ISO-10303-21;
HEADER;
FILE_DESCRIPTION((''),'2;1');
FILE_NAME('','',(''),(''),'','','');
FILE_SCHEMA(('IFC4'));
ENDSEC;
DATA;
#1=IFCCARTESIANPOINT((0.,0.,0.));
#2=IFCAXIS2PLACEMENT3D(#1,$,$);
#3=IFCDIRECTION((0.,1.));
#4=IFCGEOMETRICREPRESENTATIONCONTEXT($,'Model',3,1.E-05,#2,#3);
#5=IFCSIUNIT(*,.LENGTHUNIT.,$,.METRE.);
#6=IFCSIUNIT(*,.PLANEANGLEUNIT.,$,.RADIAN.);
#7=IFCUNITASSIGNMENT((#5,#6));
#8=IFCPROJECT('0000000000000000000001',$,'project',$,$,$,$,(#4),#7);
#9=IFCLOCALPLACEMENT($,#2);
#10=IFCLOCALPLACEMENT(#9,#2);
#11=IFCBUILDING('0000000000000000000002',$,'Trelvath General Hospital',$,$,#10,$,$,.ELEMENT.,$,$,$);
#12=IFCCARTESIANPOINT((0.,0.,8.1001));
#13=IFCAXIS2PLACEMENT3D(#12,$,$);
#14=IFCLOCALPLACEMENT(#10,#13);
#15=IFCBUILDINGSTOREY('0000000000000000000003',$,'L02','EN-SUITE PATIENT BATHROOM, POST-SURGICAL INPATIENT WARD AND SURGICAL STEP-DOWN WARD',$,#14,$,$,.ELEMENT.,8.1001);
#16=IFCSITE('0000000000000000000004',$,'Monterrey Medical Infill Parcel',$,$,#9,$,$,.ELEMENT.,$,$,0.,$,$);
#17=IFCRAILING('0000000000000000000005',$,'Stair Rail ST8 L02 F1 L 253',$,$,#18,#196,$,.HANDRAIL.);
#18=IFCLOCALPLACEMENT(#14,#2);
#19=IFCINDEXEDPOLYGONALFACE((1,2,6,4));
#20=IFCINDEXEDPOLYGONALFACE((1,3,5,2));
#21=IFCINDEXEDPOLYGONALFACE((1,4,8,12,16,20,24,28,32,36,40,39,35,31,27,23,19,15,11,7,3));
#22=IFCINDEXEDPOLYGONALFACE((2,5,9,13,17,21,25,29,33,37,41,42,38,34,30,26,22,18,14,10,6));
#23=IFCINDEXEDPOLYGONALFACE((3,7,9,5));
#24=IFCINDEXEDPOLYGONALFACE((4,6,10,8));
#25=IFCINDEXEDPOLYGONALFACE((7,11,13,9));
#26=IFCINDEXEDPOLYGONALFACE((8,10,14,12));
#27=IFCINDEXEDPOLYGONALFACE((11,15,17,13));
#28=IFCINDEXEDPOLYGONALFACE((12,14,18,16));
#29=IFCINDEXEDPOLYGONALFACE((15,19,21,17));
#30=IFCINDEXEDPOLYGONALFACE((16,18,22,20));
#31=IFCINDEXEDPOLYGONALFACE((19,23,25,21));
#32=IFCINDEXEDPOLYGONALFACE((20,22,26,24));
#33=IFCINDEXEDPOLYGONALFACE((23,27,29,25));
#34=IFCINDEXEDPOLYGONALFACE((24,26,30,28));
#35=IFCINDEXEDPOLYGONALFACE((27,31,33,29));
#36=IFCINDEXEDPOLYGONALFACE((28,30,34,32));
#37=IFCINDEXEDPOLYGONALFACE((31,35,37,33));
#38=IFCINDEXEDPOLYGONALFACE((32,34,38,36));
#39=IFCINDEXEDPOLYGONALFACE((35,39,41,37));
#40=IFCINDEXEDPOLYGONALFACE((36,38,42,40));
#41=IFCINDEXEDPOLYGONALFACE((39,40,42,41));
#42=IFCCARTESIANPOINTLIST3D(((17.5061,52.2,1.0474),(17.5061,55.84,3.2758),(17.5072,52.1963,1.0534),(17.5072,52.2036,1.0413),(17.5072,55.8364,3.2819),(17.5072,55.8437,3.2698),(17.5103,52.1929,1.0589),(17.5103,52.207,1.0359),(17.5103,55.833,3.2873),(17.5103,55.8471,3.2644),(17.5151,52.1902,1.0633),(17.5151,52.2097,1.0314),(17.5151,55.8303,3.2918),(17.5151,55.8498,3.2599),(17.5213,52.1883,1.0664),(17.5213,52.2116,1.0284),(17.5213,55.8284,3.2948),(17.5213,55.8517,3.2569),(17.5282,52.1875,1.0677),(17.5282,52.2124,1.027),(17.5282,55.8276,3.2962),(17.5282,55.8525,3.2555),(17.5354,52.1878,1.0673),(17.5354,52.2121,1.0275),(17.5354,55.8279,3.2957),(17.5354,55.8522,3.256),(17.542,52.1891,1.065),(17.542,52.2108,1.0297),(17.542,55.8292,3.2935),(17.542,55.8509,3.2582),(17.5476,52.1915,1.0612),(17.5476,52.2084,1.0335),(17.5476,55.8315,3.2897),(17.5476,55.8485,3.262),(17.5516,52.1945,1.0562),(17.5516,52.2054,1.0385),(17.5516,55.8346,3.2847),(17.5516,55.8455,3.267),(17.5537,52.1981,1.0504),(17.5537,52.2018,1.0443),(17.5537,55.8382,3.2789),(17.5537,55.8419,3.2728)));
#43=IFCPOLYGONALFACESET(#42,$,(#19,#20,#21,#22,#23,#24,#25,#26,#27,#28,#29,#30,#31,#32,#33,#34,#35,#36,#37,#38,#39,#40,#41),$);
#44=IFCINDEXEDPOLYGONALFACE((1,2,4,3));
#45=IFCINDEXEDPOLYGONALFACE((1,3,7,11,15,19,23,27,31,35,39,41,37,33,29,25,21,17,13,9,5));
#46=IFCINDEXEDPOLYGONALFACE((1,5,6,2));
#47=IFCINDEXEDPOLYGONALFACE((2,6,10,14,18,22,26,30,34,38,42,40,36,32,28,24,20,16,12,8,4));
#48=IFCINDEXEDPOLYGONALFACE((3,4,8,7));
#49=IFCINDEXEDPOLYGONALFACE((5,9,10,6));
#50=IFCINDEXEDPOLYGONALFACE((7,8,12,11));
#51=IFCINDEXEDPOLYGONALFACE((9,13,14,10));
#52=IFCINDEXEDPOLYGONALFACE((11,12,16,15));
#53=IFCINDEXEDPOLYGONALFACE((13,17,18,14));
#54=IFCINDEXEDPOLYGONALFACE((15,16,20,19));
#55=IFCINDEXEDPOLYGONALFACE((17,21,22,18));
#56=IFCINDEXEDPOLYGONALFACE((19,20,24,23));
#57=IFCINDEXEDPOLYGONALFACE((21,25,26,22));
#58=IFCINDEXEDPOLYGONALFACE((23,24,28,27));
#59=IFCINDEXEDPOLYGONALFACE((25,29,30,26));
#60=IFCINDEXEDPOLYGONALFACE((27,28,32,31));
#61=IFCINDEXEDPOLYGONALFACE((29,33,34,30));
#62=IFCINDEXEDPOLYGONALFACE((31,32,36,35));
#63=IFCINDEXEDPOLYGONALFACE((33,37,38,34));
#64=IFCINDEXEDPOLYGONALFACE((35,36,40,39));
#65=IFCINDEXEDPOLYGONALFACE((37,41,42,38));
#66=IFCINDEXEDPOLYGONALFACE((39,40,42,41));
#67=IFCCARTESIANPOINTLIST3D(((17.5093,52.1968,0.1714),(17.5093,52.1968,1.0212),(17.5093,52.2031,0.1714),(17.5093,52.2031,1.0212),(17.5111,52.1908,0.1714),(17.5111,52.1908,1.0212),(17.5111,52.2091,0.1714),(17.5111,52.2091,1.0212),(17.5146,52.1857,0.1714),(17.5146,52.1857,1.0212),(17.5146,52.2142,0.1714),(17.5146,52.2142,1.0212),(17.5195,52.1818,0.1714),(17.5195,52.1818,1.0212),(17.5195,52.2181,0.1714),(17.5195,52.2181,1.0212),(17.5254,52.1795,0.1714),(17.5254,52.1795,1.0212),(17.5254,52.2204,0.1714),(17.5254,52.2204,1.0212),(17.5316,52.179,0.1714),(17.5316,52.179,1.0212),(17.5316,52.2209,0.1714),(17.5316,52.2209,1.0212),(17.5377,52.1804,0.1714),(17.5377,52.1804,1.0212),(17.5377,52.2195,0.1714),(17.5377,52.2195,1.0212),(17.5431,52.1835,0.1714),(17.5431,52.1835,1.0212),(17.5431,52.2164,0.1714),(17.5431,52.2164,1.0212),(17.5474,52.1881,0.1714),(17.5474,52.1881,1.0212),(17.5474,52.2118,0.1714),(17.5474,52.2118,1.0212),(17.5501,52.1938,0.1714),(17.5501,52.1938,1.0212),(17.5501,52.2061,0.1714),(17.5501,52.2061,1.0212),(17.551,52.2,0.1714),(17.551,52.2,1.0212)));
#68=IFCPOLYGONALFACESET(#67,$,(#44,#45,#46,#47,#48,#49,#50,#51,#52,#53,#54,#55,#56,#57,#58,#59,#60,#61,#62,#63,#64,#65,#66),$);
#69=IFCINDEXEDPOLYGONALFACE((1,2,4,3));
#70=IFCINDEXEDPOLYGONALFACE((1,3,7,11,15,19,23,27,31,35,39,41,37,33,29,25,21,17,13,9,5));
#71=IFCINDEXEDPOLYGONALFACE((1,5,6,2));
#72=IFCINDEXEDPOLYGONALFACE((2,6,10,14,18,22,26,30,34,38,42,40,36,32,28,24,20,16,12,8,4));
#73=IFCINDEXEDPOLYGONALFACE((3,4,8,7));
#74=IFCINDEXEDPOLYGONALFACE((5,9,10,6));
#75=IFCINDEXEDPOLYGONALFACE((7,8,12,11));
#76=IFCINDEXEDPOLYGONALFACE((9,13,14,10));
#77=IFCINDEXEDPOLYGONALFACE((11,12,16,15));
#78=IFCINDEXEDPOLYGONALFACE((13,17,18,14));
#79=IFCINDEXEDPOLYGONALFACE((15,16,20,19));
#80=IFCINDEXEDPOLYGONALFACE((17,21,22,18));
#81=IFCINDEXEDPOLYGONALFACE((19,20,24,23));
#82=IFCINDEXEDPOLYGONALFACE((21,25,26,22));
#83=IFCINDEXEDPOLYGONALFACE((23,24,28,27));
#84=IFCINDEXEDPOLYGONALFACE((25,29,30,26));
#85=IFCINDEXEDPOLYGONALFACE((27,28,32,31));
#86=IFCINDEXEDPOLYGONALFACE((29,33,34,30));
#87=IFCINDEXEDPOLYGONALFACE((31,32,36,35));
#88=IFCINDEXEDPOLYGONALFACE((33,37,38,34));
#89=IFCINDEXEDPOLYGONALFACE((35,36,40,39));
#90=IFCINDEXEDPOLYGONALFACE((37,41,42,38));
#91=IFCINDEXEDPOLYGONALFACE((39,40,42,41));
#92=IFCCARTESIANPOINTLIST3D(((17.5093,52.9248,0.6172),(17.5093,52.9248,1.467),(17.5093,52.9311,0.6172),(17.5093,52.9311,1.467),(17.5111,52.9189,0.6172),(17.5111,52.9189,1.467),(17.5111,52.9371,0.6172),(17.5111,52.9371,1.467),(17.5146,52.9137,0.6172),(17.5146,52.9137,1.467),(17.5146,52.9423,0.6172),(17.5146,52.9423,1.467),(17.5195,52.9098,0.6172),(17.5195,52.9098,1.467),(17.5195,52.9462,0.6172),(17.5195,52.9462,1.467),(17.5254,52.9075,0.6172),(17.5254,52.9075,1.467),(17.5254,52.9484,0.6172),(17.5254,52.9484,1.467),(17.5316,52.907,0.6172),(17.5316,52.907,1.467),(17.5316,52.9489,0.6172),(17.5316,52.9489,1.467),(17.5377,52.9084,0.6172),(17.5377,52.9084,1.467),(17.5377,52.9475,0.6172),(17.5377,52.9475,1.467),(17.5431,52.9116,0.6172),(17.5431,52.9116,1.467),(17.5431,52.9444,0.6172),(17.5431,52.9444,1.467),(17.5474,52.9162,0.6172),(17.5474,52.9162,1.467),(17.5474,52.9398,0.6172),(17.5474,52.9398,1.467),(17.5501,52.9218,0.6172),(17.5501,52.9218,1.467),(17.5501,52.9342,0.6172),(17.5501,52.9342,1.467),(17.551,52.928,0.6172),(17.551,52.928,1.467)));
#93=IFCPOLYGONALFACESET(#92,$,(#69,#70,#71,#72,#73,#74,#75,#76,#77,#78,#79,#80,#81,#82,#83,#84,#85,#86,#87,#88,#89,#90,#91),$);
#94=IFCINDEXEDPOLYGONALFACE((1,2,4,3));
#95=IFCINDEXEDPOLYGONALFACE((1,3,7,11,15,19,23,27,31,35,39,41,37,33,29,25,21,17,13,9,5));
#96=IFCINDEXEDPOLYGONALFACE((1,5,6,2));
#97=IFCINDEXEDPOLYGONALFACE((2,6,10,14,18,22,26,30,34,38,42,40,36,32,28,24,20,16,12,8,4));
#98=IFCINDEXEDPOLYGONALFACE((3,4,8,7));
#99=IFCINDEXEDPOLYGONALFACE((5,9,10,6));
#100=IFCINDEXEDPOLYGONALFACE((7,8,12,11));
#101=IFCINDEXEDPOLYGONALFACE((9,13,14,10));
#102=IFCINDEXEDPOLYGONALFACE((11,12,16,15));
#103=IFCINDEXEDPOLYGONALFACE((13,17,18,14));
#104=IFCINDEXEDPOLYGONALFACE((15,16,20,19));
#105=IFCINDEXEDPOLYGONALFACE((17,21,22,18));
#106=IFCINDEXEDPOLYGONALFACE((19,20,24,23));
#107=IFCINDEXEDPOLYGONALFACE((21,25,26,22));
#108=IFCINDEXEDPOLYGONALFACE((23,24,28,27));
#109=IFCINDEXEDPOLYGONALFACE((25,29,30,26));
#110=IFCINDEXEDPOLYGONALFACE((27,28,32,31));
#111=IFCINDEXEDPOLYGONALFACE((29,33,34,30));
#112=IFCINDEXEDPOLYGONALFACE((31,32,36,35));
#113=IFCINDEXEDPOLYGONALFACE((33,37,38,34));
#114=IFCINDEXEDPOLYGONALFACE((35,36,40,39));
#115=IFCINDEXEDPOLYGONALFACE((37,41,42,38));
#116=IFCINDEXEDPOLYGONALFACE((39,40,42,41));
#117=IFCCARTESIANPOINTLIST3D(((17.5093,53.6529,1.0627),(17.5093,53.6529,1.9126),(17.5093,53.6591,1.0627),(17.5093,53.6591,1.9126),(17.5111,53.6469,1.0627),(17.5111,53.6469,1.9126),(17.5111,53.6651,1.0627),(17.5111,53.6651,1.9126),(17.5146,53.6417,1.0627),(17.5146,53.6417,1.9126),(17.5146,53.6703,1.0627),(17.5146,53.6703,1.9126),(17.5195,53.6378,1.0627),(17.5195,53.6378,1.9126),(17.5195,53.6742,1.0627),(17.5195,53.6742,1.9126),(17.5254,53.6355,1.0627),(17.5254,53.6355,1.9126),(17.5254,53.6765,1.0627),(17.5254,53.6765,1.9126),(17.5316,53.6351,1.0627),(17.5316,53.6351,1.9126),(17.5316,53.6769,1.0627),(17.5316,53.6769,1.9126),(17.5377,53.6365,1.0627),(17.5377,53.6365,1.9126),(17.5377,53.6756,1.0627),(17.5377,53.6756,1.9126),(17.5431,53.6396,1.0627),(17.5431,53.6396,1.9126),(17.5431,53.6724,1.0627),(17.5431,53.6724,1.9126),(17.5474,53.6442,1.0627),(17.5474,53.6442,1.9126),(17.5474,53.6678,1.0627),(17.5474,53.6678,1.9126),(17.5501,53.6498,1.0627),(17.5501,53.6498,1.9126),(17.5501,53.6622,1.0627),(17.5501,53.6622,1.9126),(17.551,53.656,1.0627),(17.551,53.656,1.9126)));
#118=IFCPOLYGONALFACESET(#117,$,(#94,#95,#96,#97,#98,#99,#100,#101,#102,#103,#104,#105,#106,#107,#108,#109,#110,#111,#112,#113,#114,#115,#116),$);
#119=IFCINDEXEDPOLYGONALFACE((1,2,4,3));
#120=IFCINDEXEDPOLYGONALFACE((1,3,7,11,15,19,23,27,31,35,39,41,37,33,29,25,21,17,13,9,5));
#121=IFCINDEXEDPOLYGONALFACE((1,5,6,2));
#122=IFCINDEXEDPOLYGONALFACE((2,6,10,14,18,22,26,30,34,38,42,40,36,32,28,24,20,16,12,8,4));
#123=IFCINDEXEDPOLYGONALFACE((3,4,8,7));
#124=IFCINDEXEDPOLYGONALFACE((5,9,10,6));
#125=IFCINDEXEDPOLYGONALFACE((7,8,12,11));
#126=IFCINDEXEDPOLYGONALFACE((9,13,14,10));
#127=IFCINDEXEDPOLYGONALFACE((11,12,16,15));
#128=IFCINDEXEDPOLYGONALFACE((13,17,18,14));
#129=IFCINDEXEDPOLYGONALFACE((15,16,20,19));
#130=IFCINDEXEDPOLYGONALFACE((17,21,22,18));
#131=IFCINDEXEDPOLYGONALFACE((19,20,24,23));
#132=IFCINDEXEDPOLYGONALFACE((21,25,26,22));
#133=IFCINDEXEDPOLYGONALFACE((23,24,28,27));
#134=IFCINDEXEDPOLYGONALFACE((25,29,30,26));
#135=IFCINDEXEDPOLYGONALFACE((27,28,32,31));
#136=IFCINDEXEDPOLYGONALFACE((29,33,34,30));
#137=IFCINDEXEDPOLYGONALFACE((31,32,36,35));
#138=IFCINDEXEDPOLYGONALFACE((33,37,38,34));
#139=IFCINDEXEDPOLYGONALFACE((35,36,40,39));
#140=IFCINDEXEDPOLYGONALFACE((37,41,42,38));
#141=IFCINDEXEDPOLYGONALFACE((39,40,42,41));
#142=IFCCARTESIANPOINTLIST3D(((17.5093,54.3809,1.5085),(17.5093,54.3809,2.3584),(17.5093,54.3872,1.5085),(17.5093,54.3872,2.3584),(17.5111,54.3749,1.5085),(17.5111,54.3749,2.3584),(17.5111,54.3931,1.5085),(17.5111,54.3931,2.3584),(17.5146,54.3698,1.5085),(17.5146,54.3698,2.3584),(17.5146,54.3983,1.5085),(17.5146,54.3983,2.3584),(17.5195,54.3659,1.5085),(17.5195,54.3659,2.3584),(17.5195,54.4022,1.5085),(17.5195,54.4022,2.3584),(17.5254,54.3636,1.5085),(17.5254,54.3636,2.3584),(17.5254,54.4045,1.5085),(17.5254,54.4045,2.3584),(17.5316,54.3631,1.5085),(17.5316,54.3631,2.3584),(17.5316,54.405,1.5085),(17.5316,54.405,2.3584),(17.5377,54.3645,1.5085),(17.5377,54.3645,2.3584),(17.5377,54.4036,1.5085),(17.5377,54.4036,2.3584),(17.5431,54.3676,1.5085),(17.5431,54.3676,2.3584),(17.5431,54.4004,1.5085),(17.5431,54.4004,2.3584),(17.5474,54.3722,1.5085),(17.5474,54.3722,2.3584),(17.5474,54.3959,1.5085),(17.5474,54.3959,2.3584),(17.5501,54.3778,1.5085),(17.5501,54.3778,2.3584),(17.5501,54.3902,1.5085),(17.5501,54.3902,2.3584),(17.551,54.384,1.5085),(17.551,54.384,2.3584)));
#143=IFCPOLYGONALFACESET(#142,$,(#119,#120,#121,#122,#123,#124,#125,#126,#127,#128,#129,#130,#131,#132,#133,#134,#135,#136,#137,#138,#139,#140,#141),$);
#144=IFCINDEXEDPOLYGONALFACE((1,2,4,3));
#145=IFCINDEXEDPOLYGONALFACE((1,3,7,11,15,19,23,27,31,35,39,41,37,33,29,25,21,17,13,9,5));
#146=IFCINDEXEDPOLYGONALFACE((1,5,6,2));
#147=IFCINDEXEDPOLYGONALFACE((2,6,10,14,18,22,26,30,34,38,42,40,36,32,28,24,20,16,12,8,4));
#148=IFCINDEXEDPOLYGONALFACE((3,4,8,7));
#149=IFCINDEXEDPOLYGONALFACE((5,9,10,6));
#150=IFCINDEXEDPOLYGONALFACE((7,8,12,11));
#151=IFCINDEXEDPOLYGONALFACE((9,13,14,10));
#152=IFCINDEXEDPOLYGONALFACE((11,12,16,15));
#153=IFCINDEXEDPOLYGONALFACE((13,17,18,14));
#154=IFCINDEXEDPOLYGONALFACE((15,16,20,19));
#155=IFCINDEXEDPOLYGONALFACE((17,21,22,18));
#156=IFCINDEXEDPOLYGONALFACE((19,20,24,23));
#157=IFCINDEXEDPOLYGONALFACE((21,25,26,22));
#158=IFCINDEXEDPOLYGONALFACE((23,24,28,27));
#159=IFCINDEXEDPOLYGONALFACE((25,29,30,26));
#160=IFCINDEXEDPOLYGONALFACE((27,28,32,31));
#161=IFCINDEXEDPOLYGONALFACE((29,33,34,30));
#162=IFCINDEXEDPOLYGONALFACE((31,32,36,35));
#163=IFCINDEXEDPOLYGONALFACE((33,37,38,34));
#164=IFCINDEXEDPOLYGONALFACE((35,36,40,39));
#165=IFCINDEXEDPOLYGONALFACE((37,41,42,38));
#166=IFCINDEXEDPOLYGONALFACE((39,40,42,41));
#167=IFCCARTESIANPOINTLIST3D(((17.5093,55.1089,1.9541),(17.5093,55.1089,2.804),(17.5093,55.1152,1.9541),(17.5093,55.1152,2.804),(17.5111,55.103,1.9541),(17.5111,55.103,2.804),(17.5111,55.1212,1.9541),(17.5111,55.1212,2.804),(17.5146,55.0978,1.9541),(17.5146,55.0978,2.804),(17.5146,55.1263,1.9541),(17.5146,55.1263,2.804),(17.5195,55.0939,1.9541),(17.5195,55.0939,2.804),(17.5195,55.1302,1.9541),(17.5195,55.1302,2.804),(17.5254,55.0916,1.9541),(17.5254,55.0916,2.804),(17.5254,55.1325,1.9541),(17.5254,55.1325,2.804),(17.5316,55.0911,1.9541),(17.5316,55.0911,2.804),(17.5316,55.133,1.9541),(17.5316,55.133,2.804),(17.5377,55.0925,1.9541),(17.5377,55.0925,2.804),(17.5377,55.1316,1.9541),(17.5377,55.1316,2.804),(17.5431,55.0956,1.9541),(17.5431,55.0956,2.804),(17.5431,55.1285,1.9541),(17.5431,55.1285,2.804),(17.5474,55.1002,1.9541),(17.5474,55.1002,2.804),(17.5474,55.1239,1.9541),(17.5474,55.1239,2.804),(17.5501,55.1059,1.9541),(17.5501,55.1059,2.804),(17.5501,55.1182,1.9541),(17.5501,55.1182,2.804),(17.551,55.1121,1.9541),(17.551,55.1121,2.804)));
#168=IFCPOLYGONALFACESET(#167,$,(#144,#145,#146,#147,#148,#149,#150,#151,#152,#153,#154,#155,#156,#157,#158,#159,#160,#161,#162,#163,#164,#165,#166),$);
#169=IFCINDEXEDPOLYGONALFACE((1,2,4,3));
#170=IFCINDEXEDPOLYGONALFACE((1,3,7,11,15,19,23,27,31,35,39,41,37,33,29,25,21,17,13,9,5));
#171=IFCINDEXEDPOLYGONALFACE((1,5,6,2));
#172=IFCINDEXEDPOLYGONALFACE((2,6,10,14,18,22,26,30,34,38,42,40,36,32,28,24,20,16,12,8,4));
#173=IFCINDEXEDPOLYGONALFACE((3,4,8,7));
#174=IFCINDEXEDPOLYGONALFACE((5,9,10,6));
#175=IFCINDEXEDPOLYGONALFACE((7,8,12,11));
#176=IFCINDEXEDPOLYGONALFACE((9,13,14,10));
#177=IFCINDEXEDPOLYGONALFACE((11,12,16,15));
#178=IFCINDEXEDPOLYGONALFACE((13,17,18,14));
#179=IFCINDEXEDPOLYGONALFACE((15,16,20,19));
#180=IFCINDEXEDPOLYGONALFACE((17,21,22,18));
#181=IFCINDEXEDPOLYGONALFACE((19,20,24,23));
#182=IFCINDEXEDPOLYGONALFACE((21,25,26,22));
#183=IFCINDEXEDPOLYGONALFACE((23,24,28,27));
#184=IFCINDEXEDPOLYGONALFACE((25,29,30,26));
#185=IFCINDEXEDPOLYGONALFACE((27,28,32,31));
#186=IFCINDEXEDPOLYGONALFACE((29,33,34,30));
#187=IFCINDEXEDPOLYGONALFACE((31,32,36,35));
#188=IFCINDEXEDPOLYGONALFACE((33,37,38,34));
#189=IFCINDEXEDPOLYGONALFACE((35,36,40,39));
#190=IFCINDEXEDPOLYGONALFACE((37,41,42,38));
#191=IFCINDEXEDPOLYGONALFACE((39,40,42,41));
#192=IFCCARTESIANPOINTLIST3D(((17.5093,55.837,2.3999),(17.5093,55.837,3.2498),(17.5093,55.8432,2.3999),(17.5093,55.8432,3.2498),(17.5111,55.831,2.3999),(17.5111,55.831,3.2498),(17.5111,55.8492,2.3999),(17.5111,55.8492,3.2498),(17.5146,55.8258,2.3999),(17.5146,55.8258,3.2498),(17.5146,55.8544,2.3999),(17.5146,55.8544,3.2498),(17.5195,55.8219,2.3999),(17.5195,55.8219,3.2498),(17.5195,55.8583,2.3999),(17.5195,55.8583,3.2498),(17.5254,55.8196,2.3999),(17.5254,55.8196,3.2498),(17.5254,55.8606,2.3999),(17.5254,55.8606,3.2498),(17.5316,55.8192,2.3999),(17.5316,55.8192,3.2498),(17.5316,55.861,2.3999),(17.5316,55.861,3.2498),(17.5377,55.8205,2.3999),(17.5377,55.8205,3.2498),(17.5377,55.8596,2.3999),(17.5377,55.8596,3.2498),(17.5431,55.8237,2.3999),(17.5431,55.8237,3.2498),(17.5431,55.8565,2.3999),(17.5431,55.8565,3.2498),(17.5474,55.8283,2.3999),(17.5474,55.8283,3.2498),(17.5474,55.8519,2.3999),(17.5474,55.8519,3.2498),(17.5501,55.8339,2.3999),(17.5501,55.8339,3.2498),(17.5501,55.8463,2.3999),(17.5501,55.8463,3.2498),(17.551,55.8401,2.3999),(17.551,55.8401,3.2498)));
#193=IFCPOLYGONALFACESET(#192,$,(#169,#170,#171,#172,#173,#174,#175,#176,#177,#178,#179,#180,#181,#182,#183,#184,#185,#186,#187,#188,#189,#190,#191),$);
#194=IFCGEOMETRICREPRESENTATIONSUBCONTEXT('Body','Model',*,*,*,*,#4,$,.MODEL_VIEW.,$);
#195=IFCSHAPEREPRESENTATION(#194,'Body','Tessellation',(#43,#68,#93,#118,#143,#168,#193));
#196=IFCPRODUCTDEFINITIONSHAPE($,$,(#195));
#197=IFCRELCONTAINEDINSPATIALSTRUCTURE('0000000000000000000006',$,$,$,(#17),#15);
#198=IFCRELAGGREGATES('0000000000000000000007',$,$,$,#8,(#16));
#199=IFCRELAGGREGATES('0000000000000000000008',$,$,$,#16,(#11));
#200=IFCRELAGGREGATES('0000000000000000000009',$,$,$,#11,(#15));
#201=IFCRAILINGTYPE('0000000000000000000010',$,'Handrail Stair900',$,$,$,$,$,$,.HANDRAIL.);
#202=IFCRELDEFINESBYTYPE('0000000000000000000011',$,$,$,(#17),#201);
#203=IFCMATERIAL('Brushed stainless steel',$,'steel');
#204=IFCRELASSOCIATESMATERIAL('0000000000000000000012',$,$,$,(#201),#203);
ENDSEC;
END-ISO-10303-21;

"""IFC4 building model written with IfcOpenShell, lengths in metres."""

from ifc_helpers import new_model, si_unit, direction, frame, origin, origin_2d, place, context, subcontext, project, spatial, circle, extrude, material, type_object, element, save


model = new_model("IFC4")

# Units and contexts
model_context = context("Model", 3, precision=1e-05, world=origin(), true_north=direction((0.0, 1.0)))
body_context = subcontext(model_context, "Body", "Model", "MODEL_VIEW")
ifc_project = project(units=[si_unit("LENGTHUNIT", "METRE"), si_unit("PLANEANGLEUNIT", "RADIAN")], contexts=[model_context])

# Site, building, storey
site_placement = place(None, origin())
site = spatial("IfcSite", under=ifc_project, at=site_placement, Name="Monterrey Medical Infill Parcel", CompositionType="ELEMENT", RefElevation=0.0)
building_placement = place(site_placement, origin())
building = spatial("IfcBuilding", under=site, at=building_placement, Name="Trelvath General Hospital", CompositionType="ELEMENT")
storey_placement = place(building_placement, frame((0.0, 0.0, 8.1001)))
storey = spatial("IfcBuildingStorey", under=building, at=storey_placement, Name="L02", Description="EN-SUITE PATIENT BATHROOM, POST-SURGICAL INPATIENT WARD AND SURGICAL STEP-DOWN WARD", CompositionType="ELEMENT", Elevation=8.1001)

# Railing
ifc_material_1 = material(Name="Brushed stainless steel", Category="steel")
railing_type_1 = type_object("IfcRailingType", Name="Handrail Stair900", PredefinedType="HANDRAIL", material=ifc_material_1)
railing_1_placement = place(storey_placement, frame((17.53, 52.2, 0.1714)))
element("IfcRailing", 1, at=railing_1_placement, inside=storey, type_object=railing_type_1, Name="Stair Rail ST8 L02 F1 L 253", PredefinedType="HANDRAIL", context=body_context, shape_type="SweptSolid", body=[
    extrude(circle(Radius=0.0239, at=origin_2d()), frame((0.0, 0.0, 0.876), z_axis=(0.0, 0.852866, 0.52213), x_axis=(-1.0, 0.0, 0.0)), (0.0, 0.0, 1.0), 4.2681),
    extrude(circle(Radius=0.021, at=origin_2d()), origin(), (0.0, 0.0, 1.0), 0.8499),
    extrude(circle(Radius=0.021, at=origin_2d()), frame((0.0, 0.728, 0.4458)), (0.0, 0.0, 1.0), 0.8499),
    extrude(circle(Radius=0.021, at=origin_2d()), frame((0.0, 1.4561, 0.8914)), (0.0, 0.0, 1.0), 0.8499),
    extrude(circle(Radius=0.021, at=origin_2d()), frame((0.0, 2.1841, 1.3372)), (0.0, 0.0, 1.0), 0.8499),
    extrude(circle(Radius=0.021, at=origin_2d()), frame((0.0, 2.9121, 1.7827)), (0.0, 0.0, 1.0), 0.8499),
    extrude(circle(Radius=0.021, at=origin_2d()), frame((0.0, 3.6401, 2.2285)), (0.0, 0.0, 1.0), 0.8499),
])

save(model, "model.ifc")
